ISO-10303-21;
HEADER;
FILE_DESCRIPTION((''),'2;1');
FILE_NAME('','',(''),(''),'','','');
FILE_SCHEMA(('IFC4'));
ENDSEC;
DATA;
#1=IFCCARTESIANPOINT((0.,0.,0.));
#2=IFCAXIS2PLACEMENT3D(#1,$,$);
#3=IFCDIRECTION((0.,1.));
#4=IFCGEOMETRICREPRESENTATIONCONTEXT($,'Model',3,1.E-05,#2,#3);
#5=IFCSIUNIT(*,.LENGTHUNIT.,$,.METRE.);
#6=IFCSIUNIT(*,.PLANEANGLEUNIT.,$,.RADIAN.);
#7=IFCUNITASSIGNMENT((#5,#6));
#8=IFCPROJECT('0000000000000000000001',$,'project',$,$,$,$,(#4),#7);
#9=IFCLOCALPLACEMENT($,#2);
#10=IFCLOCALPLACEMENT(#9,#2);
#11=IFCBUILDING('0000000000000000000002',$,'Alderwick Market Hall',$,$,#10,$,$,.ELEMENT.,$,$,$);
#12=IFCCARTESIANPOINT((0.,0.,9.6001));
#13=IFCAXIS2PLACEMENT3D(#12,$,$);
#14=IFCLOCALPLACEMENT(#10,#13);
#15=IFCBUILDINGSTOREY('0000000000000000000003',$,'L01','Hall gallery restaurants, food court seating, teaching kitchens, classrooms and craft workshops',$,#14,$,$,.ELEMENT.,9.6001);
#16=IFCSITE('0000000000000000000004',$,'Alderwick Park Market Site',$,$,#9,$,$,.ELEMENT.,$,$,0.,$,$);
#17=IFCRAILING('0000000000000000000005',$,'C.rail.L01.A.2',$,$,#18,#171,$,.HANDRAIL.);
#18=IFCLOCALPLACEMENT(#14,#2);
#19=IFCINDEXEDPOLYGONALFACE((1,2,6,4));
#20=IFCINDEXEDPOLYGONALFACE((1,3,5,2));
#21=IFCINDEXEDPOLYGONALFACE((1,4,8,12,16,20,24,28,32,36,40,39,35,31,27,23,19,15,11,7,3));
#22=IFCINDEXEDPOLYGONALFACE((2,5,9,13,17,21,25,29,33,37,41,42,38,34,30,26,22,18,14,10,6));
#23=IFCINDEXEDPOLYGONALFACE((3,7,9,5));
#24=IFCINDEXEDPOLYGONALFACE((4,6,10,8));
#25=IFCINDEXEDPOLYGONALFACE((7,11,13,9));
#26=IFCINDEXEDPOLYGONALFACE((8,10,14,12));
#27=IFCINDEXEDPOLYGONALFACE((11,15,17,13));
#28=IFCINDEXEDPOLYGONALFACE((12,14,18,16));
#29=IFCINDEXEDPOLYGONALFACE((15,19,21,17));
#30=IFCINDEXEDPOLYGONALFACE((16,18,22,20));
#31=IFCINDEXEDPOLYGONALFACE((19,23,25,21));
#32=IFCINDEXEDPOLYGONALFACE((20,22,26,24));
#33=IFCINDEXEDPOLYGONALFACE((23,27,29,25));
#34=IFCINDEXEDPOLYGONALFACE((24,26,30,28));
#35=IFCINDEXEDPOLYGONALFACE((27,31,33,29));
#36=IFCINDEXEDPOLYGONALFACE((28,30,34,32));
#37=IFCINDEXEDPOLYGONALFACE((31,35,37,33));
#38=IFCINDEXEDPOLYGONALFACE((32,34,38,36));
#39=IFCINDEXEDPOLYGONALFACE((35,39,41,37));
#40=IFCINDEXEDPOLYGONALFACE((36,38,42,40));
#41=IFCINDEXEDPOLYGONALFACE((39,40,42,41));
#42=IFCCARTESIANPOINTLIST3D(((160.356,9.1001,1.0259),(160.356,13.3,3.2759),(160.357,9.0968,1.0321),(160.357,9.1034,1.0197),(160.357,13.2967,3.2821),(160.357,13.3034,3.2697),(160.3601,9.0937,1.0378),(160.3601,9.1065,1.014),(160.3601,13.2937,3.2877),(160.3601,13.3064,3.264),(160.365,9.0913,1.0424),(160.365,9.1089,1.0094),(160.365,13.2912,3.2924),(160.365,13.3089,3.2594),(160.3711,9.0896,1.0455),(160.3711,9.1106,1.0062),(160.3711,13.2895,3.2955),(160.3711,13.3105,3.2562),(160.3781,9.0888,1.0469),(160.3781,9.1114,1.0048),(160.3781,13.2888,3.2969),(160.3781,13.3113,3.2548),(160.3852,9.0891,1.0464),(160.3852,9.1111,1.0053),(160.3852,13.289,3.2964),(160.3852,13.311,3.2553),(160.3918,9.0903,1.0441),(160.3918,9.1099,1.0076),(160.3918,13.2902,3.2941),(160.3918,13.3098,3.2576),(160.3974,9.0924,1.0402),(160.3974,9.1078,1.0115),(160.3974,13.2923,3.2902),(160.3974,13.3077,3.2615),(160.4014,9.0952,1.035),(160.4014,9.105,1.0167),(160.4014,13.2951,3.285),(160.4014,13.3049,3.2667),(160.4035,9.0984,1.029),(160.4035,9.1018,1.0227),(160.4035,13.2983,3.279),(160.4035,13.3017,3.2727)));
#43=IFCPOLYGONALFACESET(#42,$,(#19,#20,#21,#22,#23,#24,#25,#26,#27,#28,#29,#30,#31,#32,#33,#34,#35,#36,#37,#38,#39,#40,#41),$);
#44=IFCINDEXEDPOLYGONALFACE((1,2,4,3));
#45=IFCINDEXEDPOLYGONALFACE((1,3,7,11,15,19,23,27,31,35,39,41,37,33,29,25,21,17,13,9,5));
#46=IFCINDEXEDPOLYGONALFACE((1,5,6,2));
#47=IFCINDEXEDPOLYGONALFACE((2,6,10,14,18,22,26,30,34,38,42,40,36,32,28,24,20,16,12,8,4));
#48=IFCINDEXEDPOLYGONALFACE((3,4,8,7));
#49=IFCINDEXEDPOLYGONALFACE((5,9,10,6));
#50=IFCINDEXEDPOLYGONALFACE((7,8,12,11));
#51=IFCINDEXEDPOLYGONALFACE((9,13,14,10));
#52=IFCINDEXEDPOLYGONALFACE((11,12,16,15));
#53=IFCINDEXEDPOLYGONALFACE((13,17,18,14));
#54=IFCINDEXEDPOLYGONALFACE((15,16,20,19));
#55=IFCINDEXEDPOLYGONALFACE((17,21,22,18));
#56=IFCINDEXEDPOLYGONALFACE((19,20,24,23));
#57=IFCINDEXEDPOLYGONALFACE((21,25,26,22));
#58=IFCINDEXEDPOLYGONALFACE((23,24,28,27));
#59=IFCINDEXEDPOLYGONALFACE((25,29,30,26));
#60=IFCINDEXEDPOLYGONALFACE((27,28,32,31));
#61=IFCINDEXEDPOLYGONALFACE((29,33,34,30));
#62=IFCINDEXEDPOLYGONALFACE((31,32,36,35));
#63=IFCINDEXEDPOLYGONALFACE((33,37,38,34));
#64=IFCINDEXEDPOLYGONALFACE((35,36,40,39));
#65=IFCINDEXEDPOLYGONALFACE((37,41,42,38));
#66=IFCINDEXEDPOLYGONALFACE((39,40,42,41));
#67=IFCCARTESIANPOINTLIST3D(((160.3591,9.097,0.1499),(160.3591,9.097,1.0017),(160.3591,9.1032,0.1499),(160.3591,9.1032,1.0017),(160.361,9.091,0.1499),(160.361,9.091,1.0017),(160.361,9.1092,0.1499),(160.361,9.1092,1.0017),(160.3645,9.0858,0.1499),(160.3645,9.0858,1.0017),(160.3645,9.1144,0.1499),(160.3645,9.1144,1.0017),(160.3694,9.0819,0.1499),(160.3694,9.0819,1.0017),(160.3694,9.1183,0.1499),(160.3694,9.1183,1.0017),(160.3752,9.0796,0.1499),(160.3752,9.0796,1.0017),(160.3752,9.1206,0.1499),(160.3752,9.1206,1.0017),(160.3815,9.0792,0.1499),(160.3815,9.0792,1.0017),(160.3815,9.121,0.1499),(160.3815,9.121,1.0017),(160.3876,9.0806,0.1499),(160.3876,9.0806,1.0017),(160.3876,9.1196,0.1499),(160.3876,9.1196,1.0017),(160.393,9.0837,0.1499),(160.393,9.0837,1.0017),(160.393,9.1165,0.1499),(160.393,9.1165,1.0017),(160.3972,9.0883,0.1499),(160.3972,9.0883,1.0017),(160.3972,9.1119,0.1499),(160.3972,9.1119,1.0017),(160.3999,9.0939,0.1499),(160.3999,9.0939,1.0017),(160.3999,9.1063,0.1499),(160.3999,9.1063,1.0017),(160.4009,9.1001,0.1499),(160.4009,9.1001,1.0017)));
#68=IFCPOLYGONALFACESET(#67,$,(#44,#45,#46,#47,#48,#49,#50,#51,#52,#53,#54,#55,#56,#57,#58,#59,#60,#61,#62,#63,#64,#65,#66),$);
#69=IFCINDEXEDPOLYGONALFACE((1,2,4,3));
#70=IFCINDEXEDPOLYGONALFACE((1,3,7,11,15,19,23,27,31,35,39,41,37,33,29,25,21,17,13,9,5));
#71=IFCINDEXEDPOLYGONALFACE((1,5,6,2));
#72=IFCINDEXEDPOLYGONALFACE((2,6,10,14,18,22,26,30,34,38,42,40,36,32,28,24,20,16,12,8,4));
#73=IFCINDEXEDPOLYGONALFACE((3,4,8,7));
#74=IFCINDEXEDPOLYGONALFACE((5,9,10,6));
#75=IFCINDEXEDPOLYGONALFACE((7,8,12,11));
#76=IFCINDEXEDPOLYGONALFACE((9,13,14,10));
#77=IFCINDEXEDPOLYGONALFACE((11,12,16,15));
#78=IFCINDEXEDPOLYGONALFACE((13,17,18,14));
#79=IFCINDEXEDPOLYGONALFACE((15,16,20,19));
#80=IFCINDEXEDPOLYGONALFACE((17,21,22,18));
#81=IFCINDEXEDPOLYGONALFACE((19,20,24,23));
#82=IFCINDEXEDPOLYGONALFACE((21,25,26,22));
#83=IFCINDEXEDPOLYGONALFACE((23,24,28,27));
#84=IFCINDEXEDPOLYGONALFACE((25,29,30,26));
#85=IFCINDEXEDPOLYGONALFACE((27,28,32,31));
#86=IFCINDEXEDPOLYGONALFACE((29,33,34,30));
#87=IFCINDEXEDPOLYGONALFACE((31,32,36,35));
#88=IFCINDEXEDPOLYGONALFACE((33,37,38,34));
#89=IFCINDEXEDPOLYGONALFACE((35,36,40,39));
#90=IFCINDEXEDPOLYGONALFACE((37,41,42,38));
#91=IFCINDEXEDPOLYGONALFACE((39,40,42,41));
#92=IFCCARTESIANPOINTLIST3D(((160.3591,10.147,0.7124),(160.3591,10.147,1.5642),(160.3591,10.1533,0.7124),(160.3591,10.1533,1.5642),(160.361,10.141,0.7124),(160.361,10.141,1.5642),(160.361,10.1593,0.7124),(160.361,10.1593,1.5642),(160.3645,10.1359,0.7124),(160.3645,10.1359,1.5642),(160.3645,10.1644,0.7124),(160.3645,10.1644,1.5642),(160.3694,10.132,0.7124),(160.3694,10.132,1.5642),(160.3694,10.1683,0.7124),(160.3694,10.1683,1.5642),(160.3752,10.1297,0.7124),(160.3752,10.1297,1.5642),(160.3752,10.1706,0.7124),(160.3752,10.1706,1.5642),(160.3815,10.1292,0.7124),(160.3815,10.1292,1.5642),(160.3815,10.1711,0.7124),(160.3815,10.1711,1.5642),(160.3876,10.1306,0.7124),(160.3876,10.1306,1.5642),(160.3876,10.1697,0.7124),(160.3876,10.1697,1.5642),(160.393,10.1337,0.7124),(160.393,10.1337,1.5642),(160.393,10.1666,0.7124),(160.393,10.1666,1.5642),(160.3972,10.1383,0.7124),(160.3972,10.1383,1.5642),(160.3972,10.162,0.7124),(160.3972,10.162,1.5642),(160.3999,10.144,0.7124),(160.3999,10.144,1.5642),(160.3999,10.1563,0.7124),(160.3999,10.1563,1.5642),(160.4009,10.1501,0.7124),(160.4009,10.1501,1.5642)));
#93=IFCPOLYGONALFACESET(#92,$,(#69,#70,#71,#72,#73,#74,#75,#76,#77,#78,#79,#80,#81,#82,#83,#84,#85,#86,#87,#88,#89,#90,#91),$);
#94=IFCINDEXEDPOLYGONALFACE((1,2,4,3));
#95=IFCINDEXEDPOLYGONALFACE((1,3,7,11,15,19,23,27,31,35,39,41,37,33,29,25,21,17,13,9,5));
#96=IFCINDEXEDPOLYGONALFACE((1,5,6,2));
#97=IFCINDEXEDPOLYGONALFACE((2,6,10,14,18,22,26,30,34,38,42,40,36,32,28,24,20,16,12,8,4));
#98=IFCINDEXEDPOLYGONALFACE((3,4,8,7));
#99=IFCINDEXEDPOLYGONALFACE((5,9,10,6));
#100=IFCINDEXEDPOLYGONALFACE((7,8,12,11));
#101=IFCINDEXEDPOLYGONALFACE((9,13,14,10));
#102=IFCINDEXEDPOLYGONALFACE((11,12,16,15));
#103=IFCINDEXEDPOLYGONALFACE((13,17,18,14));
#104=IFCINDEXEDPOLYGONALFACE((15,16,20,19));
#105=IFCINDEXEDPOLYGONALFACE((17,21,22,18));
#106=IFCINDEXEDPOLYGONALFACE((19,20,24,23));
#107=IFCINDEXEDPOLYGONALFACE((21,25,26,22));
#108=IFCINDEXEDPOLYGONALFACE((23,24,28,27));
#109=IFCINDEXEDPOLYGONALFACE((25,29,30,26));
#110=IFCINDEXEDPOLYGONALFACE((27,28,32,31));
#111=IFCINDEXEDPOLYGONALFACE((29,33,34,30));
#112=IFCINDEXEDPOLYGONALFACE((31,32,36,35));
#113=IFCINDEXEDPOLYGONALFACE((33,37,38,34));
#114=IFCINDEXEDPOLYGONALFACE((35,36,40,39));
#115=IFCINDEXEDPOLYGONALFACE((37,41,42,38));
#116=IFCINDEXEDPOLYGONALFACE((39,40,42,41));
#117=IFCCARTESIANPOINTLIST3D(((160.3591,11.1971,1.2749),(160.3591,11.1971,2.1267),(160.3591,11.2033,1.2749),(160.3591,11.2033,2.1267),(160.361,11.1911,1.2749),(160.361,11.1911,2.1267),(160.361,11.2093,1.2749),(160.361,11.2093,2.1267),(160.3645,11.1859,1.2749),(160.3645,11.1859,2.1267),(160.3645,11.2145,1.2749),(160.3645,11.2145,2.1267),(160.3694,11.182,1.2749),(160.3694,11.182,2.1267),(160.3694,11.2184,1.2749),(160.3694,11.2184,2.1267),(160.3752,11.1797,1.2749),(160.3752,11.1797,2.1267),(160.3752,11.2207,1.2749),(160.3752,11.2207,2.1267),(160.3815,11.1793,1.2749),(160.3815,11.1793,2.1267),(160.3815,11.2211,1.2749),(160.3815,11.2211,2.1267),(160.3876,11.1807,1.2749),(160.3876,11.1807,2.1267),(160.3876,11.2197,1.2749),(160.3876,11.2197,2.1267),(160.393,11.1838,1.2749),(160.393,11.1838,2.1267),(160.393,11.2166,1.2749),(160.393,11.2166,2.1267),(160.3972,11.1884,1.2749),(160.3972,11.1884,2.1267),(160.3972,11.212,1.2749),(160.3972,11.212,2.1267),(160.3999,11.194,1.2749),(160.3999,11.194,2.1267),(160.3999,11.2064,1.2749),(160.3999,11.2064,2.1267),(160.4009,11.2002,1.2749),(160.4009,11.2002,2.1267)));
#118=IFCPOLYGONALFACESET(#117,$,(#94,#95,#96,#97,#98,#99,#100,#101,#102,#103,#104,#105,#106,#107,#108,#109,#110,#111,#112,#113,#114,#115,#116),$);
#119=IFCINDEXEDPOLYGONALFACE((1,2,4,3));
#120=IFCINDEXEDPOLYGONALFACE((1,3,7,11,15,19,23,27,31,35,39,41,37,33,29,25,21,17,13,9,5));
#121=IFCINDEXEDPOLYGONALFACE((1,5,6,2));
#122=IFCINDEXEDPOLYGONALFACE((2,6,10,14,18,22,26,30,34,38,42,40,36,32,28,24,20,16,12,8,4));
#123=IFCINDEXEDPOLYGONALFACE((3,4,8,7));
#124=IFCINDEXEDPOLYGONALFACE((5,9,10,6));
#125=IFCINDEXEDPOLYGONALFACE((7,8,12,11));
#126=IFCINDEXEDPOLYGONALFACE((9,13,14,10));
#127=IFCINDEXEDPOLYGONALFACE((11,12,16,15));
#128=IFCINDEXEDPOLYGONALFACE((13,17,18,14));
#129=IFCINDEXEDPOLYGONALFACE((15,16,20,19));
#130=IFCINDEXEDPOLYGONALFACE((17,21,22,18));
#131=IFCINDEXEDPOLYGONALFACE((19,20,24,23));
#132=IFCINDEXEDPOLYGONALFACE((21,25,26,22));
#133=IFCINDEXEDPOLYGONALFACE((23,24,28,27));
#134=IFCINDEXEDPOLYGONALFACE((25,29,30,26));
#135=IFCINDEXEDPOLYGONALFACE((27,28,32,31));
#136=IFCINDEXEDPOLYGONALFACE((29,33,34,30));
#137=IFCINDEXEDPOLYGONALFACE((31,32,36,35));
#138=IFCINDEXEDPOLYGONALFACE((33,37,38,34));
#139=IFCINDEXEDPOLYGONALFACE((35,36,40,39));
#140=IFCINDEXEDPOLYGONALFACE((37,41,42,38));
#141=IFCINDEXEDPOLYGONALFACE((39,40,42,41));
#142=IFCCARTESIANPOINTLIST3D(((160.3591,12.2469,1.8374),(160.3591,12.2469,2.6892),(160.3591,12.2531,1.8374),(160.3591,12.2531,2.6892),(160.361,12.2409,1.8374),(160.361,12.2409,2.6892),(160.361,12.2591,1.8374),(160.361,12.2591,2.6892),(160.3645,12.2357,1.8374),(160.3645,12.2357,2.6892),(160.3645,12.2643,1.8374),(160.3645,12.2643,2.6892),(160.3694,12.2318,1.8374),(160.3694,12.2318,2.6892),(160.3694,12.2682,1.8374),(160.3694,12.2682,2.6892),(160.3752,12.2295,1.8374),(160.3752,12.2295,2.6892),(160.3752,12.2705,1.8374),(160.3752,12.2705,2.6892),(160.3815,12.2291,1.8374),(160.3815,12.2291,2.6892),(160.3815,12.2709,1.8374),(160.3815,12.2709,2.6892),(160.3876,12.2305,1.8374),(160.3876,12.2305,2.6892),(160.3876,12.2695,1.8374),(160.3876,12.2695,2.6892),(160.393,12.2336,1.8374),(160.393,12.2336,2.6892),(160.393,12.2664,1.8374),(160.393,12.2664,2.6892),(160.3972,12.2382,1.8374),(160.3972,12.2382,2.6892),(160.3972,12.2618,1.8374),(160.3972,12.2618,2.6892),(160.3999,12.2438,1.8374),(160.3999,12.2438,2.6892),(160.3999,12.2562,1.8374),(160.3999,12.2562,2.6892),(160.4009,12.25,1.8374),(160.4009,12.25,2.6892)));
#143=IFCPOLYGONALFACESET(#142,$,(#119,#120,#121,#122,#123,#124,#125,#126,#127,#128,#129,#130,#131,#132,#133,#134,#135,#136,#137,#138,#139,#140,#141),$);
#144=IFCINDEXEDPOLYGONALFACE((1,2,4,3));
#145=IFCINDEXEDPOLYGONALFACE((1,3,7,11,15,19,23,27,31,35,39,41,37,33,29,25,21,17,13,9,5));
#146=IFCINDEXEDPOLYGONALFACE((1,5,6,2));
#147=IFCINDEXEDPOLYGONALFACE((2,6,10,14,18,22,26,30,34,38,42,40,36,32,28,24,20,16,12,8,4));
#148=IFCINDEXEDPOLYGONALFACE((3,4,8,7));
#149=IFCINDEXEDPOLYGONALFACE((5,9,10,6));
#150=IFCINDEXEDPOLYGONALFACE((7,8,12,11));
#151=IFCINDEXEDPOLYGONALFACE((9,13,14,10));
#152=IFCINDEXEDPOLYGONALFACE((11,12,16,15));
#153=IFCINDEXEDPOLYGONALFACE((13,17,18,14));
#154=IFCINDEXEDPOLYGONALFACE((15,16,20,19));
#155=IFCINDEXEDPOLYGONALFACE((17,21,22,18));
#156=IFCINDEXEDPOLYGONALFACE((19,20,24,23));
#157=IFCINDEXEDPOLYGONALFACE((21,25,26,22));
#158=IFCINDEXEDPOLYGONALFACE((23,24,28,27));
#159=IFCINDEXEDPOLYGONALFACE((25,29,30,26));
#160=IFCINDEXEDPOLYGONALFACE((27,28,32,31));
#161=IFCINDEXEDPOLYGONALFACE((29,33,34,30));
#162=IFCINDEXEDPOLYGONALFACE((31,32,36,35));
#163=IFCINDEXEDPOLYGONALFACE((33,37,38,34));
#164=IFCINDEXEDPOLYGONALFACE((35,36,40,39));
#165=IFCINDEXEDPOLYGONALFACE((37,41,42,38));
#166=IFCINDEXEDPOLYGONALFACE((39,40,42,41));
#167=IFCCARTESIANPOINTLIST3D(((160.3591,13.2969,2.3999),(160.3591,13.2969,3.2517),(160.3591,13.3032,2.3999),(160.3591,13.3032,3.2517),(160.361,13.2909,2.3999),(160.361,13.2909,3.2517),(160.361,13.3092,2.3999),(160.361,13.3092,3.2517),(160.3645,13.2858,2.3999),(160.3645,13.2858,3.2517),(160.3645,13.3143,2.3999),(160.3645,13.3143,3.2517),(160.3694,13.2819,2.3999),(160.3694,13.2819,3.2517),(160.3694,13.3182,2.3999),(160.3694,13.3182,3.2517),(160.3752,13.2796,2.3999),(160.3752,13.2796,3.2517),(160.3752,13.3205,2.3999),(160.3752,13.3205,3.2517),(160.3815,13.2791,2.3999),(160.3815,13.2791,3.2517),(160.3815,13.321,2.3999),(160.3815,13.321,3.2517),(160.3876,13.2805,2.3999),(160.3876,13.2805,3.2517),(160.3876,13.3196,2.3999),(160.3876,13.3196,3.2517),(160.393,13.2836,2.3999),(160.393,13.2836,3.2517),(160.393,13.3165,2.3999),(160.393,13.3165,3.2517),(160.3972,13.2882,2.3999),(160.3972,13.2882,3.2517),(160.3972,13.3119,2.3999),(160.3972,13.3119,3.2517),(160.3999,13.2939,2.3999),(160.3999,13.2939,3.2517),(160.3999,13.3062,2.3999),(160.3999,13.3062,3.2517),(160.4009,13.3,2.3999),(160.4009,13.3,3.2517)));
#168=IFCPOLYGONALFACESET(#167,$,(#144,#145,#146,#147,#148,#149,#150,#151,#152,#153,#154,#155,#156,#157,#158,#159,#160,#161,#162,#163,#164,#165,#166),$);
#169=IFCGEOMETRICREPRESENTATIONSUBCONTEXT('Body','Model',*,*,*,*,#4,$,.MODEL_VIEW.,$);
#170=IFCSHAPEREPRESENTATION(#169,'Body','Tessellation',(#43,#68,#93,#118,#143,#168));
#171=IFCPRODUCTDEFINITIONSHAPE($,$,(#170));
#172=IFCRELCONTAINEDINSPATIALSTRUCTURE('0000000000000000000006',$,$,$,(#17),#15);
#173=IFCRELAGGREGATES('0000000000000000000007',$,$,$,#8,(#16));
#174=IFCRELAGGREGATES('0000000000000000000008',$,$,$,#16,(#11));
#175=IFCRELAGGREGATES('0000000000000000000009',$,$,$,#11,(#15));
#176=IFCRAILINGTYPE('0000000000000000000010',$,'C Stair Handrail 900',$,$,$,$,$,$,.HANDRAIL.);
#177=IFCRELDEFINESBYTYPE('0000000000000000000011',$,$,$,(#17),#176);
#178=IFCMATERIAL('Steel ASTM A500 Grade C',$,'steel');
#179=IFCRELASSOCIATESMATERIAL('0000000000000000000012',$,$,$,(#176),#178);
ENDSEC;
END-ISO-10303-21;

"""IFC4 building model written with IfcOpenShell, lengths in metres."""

from ifc_helpers import new_model, si_unit, direction, frame, origin, origin_2d, place, context, subcontext, project, spatial, circle, extrude, material, type_object, element, save


model = new_model("IFC4")

# Units and contexts
model_context = context("Model", 3, precision=1e-05, world=origin(), true_north=direction((0.0, 1.0)))
body_context = subcontext(model_context, "Body", "Model", "MODEL_VIEW")
ifc_project = project(units=[si_unit("LENGTHUNIT", "METRE"), si_unit("PLANEANGLEUNIT", "RADIAN")], contexts=[model_context])

# Site, building, storey
site_placement = place(None, origin())
site = spatial("IfcSite", under=ifc_project, at=site_placement, Name="Alderwick Park Market Site", CompositionType="ELEMENT", RefElevation=0.0)
building_placement = place(site_placement, origin())
building = spatial("IfcBuilding", under=site, at=building_placement, Name="Alderwick Market Hall", CompositionType="ELEMENT")
storey_placement = place(building_placement, frame((0.0, 0.0, 9.6001)))
storey = spatial("IfcBuildingStorey", under=building, at=storey_placement, Name="L01", Description="Hall gallery restaurants, food court seating, teaching kitchens, classrooms and craft workshops", CompositionType="ELEMENT", Elevation=9.6001)

# Railing
ifc_material_1 = material(Name="Steel ASTM A500 Grade C", Category="steel")
railing_type = type_object("IfcRailingType", Name="C Stair Handrail 900", PredefinedType="HANDRAIL", material=ifc_material_1)
for number, where, name in (
    (1, (160.3799, 9.1001, 0.1499), "C.rail.L01.A.2"),
):
    element("IfcRailing", number, at=place(storey_placement, frame(where)), inside=storey, type_object=railing_type, Name=name, PredefinedType="HANDRAIL", context=body_context, shape_type="SweptSolid", body=[
        extrude(circle(Radius=0.0239, at=origin_2d()), frame((0.0, 0.0, 0.876), z_axis=(0.0, 0.881478, 0.472226), x_axis=(-1.0, 0.0, 0.0)), (0.0, 0.0, 1.0), 4.7646),
        extrude(circle(Radius=0.021, at=origin_2d()), origin(), (0.0, 0.0, 1.0), 0.8518),
        extrude(circle(Radius=0.021, at=origin_2d()), frame((0.0, 1.05, 0.5625)), (0.0, 0.0, 1.0), 0.8518),
        extrude(circle(Radius=0.021, at=origin_2d()), frame((0.0, 2.1001, 1.125)), (0.0, 0.0, 1.0), 0.8518),
        extrude(circle(Radius=0.021, at=origin_2d()), frame((0.0, 3.1499, 1.6875)), (0.0, 0.0, 1.0), 0.8518),
        extrude(circle(Radius=0.021, at=origin_2d()), frame((0.0, 4.2, 2.25)), (0.0, 0.0, 1.0), 0.8518),
    ])

save(model, "model.ifc")
